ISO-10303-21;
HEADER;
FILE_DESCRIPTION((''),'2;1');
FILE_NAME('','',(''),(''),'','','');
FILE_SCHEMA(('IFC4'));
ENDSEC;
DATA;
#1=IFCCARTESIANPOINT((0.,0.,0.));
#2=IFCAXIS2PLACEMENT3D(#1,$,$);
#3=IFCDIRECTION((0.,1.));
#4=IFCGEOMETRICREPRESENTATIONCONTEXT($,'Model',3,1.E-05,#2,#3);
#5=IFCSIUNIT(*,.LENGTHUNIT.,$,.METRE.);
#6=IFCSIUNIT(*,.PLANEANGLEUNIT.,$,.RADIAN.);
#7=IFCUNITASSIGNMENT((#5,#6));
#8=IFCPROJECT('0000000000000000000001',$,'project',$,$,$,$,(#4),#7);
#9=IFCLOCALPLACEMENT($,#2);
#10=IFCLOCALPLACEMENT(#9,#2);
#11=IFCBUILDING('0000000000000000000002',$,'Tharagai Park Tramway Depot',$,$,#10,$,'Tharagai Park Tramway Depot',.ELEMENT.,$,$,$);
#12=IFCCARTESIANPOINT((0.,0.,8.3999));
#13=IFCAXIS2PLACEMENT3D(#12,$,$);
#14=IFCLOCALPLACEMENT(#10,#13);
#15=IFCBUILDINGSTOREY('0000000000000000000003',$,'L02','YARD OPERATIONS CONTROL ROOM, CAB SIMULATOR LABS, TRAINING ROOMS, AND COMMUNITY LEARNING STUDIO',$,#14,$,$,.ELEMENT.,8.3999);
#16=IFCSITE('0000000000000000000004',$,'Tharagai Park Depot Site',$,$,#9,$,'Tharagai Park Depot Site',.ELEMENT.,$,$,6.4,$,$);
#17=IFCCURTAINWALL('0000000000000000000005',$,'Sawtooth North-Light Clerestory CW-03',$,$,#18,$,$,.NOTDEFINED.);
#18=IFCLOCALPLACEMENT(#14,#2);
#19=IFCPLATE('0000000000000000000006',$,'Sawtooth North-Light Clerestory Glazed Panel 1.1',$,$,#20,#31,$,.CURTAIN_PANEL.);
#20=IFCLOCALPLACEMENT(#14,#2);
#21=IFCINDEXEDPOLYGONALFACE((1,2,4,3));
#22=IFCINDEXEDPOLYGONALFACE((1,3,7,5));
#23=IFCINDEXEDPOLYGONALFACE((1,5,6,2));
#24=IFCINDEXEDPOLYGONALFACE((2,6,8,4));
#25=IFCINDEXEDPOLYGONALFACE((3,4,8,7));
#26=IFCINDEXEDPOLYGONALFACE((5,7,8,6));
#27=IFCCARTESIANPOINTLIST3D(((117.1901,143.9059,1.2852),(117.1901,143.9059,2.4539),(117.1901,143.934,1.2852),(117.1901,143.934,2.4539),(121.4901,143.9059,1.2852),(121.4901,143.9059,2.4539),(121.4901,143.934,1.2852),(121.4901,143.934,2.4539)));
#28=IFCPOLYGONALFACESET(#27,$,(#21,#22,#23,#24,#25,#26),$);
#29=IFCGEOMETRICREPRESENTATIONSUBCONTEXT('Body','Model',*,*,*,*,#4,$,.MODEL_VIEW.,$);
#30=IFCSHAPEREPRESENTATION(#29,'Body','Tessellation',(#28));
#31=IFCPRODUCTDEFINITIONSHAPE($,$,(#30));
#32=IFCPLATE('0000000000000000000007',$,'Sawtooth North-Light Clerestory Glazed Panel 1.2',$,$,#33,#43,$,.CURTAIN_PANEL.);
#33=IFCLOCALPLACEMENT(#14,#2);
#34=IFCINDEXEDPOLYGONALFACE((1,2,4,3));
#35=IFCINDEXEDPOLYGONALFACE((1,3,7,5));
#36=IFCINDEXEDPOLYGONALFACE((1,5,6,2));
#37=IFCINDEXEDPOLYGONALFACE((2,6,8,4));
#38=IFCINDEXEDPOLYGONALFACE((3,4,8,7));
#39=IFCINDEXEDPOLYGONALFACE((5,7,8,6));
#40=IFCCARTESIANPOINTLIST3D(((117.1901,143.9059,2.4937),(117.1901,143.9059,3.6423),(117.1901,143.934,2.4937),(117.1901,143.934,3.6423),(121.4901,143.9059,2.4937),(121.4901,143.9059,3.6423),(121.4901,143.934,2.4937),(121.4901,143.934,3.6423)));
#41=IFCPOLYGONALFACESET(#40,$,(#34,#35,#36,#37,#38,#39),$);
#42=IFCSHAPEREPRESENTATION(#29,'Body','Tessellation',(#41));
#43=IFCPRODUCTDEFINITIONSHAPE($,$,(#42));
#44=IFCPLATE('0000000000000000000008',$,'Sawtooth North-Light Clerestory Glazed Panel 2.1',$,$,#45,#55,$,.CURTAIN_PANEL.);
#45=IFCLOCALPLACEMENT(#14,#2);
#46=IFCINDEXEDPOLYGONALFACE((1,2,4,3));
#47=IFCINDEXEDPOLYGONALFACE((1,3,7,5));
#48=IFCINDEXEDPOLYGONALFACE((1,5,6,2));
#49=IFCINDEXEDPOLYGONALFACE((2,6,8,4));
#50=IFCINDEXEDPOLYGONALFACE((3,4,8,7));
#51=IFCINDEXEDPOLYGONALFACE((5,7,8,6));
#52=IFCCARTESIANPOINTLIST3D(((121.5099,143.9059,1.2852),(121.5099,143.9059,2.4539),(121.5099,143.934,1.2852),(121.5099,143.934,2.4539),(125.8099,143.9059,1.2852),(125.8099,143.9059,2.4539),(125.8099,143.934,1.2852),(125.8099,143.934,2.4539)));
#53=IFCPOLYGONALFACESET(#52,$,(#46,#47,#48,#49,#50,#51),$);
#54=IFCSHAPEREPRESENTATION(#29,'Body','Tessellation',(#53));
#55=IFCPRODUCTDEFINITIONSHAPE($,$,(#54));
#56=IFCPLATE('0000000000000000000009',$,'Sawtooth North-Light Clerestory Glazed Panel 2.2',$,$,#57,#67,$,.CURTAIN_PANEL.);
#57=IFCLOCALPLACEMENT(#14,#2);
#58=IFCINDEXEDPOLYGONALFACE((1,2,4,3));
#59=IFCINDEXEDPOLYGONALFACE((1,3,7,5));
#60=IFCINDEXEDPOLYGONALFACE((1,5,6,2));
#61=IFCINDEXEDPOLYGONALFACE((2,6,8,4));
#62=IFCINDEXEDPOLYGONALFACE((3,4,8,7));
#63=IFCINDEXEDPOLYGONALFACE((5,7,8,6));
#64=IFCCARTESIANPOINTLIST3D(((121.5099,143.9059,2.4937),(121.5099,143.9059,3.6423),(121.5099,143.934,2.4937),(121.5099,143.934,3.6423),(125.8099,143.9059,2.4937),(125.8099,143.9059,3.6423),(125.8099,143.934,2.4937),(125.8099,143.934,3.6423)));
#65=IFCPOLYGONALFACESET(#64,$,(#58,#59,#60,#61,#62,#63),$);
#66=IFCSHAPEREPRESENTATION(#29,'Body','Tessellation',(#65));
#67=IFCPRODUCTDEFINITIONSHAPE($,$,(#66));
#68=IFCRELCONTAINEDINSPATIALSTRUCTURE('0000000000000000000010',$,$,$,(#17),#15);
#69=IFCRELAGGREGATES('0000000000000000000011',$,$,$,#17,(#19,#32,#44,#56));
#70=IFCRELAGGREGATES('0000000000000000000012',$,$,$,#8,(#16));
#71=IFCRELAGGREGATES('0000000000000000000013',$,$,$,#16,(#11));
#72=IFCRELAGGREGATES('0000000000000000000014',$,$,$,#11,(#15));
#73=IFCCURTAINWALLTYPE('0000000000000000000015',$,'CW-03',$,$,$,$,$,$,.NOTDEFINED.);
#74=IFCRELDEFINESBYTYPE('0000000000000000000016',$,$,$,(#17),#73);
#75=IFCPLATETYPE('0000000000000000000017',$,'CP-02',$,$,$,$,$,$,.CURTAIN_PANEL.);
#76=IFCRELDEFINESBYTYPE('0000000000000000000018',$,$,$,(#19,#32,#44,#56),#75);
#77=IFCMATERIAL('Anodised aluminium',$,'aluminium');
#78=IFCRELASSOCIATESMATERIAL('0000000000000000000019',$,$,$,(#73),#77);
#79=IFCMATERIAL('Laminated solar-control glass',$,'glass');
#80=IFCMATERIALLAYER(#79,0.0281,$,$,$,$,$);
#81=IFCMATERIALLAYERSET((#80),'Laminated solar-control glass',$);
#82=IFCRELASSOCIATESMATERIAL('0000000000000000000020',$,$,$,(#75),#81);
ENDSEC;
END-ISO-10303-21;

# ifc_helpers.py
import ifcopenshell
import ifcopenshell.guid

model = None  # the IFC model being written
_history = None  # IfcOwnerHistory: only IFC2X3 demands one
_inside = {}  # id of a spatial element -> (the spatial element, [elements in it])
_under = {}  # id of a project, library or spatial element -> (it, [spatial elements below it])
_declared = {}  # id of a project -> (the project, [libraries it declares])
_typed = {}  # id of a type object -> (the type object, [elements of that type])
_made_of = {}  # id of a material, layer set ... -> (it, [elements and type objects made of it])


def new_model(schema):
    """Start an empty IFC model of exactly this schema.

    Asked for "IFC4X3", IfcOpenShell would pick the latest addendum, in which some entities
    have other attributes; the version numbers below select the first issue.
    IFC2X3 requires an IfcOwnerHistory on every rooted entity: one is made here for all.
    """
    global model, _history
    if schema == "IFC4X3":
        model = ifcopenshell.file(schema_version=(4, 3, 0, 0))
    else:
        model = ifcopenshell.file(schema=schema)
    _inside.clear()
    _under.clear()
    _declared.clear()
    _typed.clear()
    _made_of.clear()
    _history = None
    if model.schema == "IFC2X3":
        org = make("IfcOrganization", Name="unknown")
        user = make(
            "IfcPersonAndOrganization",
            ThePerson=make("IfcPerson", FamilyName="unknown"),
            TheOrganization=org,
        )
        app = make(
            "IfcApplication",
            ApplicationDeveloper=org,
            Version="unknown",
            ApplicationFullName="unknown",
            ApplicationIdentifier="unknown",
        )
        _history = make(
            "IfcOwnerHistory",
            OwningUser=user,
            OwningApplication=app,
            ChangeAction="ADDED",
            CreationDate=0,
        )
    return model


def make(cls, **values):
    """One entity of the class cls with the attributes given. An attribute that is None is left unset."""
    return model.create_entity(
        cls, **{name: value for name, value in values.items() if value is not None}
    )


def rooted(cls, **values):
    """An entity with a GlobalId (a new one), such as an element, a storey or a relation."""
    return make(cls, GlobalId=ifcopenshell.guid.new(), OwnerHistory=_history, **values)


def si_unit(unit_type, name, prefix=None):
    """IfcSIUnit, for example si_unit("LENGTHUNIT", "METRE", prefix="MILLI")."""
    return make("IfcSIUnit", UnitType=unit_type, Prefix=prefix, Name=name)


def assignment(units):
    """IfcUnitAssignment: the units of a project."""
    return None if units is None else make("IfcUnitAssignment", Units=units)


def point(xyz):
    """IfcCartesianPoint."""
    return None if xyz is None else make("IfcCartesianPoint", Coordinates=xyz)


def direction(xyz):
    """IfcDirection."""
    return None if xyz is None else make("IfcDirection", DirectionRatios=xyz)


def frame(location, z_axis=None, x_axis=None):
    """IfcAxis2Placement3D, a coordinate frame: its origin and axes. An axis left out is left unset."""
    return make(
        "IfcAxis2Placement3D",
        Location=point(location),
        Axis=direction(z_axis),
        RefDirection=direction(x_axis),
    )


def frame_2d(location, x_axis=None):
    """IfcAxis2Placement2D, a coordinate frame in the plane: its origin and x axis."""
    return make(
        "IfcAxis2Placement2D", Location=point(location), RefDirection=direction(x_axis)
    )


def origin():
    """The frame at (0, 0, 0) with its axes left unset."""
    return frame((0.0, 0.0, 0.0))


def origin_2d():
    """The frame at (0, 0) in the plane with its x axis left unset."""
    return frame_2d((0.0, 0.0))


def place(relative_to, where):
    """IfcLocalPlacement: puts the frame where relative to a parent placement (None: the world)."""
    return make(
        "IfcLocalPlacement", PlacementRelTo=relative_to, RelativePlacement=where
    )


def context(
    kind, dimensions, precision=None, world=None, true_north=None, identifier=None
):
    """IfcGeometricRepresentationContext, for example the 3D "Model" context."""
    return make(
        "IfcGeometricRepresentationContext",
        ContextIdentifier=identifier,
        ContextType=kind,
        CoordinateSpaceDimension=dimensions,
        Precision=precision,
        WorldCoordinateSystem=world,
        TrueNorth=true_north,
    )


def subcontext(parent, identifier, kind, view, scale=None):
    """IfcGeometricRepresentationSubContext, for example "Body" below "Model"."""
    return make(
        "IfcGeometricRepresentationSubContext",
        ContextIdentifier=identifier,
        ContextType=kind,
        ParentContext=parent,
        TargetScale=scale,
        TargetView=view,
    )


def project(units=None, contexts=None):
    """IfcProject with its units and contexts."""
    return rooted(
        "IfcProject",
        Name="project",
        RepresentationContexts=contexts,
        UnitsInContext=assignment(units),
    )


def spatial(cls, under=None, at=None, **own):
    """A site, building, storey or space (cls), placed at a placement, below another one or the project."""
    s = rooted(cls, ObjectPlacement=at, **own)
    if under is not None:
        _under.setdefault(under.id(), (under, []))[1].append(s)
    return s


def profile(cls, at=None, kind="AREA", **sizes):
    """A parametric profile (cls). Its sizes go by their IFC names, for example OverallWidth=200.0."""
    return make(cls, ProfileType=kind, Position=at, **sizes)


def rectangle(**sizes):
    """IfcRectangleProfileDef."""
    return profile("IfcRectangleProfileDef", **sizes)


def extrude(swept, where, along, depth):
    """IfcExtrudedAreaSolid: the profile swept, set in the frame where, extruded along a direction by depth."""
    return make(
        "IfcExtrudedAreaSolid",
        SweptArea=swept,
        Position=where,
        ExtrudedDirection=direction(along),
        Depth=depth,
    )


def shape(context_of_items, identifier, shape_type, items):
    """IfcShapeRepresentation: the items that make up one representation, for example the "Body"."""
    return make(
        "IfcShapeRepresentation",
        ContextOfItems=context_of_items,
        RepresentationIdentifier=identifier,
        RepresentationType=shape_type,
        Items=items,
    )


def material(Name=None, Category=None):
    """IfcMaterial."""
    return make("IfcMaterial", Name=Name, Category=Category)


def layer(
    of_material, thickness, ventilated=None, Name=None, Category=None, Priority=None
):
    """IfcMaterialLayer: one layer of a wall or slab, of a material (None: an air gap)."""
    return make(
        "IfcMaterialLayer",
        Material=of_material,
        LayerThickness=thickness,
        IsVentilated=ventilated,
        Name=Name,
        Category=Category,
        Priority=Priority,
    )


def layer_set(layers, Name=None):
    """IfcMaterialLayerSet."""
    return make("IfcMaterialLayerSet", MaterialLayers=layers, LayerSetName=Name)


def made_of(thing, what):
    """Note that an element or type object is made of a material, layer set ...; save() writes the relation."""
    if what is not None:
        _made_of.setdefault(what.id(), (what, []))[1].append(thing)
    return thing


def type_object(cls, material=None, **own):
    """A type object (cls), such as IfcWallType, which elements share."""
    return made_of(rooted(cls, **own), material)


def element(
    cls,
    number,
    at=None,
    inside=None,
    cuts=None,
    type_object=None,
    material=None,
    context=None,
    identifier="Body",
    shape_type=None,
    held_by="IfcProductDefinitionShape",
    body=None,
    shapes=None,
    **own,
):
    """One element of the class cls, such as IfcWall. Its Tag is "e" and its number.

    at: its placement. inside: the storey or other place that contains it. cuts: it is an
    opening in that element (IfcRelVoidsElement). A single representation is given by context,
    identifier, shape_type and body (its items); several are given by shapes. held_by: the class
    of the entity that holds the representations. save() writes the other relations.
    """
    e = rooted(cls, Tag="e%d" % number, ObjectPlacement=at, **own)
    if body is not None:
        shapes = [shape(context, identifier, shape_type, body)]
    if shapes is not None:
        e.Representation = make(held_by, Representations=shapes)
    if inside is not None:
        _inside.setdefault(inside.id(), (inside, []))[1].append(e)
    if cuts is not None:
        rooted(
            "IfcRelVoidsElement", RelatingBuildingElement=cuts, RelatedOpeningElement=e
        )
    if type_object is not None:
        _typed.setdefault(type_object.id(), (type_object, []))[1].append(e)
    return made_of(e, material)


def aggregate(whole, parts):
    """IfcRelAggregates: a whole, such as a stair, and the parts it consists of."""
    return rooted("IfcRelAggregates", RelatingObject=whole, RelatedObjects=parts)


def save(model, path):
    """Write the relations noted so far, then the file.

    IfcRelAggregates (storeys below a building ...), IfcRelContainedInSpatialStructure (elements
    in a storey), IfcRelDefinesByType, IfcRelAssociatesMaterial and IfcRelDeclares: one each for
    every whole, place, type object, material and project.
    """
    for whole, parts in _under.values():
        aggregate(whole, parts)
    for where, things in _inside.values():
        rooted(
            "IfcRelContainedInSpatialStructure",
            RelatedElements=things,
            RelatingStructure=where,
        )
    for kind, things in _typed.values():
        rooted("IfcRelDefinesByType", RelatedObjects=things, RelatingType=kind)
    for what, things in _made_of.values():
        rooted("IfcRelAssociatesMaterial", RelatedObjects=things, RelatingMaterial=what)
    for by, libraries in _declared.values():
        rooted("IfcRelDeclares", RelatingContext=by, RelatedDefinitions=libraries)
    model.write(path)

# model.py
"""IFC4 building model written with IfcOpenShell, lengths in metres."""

from ifc_helpers import new_model, si_unit, direction, frame, origin, origin_2d, place, context, subcontext, project, spatial, rectangle, extrude, material, layer, layer_set, type_object, element, aggregate, save


model = new_model("IFC4")

# Units and contexts
model_context = context("Model", 3, precision=1e-05, world=origin(), true_north=direction((0.0, 1.0)))
body_context = subcontext(model_context, "Body", "Model", "MODEL_VIEW")
ifc_project = project(units=[si_unit("LENGTHUNIT", "METRE"), si_unit("PLANEANGLEUNIT", "RADIAN")], contexts=[model_context])

# Site, building, storey
site_placement = place(None, origin())
site = spatial("IfcSite", under=ifc_project, at=site_placement, Name="Tharagai Park Depot Site", LongName="Tharagai Park Depot Site", CompositionType="ELEMENT", RefElevation=6.4)
building_placement = place(site_placement, origin())
building = spatial("IfcBuilding", under=site, at=building_placement, Name="Tharagai Park Tramway Depot", LongName="Tharagai Park Tramway Depot", CompositionType="ELEMENT")
storey_placement = place(building_placement, frame((0.0, 0.0, 8.3999)))
storey = spatial("IfcBuildingStorey", under=building, at=storey_placement, Name="L02", Description="YARD OPERATIONS CONTROL ROOM, CAB SIMULATOR LABS, TRAINING ROOMS, AND COMMUNITY LEARNING STUDIO", CompositionType="ELEMENT", Elevation=8.3999)

# Curtain wall
ifc_material_1 = material(Name="Anodised aluminium", Category="aluminium")
curtain_wall_type = type_object("IfcCurtainWallType", Name="CW-03", PredefinedType="NOTDEFINED", material=ifc_material_1)
curtain_wall_placement = place(storey_placement, origin())
curtain_wall = element("IfcCurtainWall", 1, at=curtain_wall_placement, inside=storey, type_object=curtain_wall_type, Name="Sawtooth North-Light Clerestory CW-03", PredefinedType="NOTDEFINED")

# Plates
ifc_material_2 = material(Name="Laminated solar-control glass", Category="glass")
ifc_layer = layer(ifc_material_2, 0.0281)
ifc_layer_set = layer_set([ifc_layer], Name="Laminated solar-control glass")
plate_type = type_object("IfcPlateType", Name="CP-02", PredefinedType="CURTAIN_PANEL", material=ifc_layer_set)
plate_1_placement = place(storey_placement, frame((119.3401, 143.9199, 1.2852), z_axis=(0.0, 0.0, 1.0), x_axis=(1.0, 0.0, 0.0)))
plate_1 = element("IfcPlate", 2, at=plate_1_placement, type_object=plate_type, Name="Sawtooth North-Light Clerestory Glazed Panel 1.1", PredefinedType="CURTAIN_PANEL", context=body_context, shape_type="SweptSolid", body=[
    extrude(rectangle(XDim=4.3, YDim=0.0281, at=origin_2d()), origin(), (0.0, 0.0, 1.0), 1.1687),
])
plate_2_placement = place(storey_placement, frame((119.3401, 143.9199, 2.4937), z_axis=(0.0, 0.0, 1.0), x_axis=(1.0, 0.0, 0.0)))
plate_2 = element("IfcPlate", 3, at=plate_2_placement, type_object=plate_type, Name="Sawtooth North-Light Clerestory Glazed Panel 1.2", PredefinedType="CURTAIN_PANEL", context=body_context, shape_type="SweptSolid", body=[
    extrude(rectangle(XDim=4.3, YDim=0.0281, at=origin_2d()), origin(), (0.0, 0.0, 1.0), 1.1487),
])
plate_3_placement = place(storey_placement, frame((123.6599, 143.9199, 1.2852), z_axis=(0.0, 0.0, 1.0), x_axis=(1.0, 0.0, 0.0)))
plate_3 = element("IfcPlate", 4, at=plate_3_placement, type_object=plate_type, Name="Sawtooth North-Light Clerestory Glazed Panel 2.1", PredefinedType="CURTAIN_PANEL", context=body_context, shape_type="SweptSolid", body=[
    extrude(rectangle(XDim=4.3, YDim=0.0281, at=origin_2d()), origin(), (0.0, 0.0, 1.0), 1.1687),
])
plate_4_placement = place(storey_placement, frame((123.6599, 143.9199, 2.4937), z_axis=(0.0, 0.0, 1.0), x_axis=(1.0, 0.0, 0.0)))
plate_4 = element("IfcPlate", 5, at=plate_4_placement, type_object=plate_type, Name="Sawtooth North-Light Clerestory Glazed Panel 2.2", PredefinedType="CURTAIN_PANEL", context=body_context, shape_type="SweptSolid", body=[
    extrude(rectangle(XDim=4.3, YDim=0.0281, at=origin_2d()), origin(), (0.0, 0.0, 1.0), 1.1487),
])
aggregate(curtain_wall, [plate_1, plate_2, plate_3, plate_4])

save(model, "model.ifc")
